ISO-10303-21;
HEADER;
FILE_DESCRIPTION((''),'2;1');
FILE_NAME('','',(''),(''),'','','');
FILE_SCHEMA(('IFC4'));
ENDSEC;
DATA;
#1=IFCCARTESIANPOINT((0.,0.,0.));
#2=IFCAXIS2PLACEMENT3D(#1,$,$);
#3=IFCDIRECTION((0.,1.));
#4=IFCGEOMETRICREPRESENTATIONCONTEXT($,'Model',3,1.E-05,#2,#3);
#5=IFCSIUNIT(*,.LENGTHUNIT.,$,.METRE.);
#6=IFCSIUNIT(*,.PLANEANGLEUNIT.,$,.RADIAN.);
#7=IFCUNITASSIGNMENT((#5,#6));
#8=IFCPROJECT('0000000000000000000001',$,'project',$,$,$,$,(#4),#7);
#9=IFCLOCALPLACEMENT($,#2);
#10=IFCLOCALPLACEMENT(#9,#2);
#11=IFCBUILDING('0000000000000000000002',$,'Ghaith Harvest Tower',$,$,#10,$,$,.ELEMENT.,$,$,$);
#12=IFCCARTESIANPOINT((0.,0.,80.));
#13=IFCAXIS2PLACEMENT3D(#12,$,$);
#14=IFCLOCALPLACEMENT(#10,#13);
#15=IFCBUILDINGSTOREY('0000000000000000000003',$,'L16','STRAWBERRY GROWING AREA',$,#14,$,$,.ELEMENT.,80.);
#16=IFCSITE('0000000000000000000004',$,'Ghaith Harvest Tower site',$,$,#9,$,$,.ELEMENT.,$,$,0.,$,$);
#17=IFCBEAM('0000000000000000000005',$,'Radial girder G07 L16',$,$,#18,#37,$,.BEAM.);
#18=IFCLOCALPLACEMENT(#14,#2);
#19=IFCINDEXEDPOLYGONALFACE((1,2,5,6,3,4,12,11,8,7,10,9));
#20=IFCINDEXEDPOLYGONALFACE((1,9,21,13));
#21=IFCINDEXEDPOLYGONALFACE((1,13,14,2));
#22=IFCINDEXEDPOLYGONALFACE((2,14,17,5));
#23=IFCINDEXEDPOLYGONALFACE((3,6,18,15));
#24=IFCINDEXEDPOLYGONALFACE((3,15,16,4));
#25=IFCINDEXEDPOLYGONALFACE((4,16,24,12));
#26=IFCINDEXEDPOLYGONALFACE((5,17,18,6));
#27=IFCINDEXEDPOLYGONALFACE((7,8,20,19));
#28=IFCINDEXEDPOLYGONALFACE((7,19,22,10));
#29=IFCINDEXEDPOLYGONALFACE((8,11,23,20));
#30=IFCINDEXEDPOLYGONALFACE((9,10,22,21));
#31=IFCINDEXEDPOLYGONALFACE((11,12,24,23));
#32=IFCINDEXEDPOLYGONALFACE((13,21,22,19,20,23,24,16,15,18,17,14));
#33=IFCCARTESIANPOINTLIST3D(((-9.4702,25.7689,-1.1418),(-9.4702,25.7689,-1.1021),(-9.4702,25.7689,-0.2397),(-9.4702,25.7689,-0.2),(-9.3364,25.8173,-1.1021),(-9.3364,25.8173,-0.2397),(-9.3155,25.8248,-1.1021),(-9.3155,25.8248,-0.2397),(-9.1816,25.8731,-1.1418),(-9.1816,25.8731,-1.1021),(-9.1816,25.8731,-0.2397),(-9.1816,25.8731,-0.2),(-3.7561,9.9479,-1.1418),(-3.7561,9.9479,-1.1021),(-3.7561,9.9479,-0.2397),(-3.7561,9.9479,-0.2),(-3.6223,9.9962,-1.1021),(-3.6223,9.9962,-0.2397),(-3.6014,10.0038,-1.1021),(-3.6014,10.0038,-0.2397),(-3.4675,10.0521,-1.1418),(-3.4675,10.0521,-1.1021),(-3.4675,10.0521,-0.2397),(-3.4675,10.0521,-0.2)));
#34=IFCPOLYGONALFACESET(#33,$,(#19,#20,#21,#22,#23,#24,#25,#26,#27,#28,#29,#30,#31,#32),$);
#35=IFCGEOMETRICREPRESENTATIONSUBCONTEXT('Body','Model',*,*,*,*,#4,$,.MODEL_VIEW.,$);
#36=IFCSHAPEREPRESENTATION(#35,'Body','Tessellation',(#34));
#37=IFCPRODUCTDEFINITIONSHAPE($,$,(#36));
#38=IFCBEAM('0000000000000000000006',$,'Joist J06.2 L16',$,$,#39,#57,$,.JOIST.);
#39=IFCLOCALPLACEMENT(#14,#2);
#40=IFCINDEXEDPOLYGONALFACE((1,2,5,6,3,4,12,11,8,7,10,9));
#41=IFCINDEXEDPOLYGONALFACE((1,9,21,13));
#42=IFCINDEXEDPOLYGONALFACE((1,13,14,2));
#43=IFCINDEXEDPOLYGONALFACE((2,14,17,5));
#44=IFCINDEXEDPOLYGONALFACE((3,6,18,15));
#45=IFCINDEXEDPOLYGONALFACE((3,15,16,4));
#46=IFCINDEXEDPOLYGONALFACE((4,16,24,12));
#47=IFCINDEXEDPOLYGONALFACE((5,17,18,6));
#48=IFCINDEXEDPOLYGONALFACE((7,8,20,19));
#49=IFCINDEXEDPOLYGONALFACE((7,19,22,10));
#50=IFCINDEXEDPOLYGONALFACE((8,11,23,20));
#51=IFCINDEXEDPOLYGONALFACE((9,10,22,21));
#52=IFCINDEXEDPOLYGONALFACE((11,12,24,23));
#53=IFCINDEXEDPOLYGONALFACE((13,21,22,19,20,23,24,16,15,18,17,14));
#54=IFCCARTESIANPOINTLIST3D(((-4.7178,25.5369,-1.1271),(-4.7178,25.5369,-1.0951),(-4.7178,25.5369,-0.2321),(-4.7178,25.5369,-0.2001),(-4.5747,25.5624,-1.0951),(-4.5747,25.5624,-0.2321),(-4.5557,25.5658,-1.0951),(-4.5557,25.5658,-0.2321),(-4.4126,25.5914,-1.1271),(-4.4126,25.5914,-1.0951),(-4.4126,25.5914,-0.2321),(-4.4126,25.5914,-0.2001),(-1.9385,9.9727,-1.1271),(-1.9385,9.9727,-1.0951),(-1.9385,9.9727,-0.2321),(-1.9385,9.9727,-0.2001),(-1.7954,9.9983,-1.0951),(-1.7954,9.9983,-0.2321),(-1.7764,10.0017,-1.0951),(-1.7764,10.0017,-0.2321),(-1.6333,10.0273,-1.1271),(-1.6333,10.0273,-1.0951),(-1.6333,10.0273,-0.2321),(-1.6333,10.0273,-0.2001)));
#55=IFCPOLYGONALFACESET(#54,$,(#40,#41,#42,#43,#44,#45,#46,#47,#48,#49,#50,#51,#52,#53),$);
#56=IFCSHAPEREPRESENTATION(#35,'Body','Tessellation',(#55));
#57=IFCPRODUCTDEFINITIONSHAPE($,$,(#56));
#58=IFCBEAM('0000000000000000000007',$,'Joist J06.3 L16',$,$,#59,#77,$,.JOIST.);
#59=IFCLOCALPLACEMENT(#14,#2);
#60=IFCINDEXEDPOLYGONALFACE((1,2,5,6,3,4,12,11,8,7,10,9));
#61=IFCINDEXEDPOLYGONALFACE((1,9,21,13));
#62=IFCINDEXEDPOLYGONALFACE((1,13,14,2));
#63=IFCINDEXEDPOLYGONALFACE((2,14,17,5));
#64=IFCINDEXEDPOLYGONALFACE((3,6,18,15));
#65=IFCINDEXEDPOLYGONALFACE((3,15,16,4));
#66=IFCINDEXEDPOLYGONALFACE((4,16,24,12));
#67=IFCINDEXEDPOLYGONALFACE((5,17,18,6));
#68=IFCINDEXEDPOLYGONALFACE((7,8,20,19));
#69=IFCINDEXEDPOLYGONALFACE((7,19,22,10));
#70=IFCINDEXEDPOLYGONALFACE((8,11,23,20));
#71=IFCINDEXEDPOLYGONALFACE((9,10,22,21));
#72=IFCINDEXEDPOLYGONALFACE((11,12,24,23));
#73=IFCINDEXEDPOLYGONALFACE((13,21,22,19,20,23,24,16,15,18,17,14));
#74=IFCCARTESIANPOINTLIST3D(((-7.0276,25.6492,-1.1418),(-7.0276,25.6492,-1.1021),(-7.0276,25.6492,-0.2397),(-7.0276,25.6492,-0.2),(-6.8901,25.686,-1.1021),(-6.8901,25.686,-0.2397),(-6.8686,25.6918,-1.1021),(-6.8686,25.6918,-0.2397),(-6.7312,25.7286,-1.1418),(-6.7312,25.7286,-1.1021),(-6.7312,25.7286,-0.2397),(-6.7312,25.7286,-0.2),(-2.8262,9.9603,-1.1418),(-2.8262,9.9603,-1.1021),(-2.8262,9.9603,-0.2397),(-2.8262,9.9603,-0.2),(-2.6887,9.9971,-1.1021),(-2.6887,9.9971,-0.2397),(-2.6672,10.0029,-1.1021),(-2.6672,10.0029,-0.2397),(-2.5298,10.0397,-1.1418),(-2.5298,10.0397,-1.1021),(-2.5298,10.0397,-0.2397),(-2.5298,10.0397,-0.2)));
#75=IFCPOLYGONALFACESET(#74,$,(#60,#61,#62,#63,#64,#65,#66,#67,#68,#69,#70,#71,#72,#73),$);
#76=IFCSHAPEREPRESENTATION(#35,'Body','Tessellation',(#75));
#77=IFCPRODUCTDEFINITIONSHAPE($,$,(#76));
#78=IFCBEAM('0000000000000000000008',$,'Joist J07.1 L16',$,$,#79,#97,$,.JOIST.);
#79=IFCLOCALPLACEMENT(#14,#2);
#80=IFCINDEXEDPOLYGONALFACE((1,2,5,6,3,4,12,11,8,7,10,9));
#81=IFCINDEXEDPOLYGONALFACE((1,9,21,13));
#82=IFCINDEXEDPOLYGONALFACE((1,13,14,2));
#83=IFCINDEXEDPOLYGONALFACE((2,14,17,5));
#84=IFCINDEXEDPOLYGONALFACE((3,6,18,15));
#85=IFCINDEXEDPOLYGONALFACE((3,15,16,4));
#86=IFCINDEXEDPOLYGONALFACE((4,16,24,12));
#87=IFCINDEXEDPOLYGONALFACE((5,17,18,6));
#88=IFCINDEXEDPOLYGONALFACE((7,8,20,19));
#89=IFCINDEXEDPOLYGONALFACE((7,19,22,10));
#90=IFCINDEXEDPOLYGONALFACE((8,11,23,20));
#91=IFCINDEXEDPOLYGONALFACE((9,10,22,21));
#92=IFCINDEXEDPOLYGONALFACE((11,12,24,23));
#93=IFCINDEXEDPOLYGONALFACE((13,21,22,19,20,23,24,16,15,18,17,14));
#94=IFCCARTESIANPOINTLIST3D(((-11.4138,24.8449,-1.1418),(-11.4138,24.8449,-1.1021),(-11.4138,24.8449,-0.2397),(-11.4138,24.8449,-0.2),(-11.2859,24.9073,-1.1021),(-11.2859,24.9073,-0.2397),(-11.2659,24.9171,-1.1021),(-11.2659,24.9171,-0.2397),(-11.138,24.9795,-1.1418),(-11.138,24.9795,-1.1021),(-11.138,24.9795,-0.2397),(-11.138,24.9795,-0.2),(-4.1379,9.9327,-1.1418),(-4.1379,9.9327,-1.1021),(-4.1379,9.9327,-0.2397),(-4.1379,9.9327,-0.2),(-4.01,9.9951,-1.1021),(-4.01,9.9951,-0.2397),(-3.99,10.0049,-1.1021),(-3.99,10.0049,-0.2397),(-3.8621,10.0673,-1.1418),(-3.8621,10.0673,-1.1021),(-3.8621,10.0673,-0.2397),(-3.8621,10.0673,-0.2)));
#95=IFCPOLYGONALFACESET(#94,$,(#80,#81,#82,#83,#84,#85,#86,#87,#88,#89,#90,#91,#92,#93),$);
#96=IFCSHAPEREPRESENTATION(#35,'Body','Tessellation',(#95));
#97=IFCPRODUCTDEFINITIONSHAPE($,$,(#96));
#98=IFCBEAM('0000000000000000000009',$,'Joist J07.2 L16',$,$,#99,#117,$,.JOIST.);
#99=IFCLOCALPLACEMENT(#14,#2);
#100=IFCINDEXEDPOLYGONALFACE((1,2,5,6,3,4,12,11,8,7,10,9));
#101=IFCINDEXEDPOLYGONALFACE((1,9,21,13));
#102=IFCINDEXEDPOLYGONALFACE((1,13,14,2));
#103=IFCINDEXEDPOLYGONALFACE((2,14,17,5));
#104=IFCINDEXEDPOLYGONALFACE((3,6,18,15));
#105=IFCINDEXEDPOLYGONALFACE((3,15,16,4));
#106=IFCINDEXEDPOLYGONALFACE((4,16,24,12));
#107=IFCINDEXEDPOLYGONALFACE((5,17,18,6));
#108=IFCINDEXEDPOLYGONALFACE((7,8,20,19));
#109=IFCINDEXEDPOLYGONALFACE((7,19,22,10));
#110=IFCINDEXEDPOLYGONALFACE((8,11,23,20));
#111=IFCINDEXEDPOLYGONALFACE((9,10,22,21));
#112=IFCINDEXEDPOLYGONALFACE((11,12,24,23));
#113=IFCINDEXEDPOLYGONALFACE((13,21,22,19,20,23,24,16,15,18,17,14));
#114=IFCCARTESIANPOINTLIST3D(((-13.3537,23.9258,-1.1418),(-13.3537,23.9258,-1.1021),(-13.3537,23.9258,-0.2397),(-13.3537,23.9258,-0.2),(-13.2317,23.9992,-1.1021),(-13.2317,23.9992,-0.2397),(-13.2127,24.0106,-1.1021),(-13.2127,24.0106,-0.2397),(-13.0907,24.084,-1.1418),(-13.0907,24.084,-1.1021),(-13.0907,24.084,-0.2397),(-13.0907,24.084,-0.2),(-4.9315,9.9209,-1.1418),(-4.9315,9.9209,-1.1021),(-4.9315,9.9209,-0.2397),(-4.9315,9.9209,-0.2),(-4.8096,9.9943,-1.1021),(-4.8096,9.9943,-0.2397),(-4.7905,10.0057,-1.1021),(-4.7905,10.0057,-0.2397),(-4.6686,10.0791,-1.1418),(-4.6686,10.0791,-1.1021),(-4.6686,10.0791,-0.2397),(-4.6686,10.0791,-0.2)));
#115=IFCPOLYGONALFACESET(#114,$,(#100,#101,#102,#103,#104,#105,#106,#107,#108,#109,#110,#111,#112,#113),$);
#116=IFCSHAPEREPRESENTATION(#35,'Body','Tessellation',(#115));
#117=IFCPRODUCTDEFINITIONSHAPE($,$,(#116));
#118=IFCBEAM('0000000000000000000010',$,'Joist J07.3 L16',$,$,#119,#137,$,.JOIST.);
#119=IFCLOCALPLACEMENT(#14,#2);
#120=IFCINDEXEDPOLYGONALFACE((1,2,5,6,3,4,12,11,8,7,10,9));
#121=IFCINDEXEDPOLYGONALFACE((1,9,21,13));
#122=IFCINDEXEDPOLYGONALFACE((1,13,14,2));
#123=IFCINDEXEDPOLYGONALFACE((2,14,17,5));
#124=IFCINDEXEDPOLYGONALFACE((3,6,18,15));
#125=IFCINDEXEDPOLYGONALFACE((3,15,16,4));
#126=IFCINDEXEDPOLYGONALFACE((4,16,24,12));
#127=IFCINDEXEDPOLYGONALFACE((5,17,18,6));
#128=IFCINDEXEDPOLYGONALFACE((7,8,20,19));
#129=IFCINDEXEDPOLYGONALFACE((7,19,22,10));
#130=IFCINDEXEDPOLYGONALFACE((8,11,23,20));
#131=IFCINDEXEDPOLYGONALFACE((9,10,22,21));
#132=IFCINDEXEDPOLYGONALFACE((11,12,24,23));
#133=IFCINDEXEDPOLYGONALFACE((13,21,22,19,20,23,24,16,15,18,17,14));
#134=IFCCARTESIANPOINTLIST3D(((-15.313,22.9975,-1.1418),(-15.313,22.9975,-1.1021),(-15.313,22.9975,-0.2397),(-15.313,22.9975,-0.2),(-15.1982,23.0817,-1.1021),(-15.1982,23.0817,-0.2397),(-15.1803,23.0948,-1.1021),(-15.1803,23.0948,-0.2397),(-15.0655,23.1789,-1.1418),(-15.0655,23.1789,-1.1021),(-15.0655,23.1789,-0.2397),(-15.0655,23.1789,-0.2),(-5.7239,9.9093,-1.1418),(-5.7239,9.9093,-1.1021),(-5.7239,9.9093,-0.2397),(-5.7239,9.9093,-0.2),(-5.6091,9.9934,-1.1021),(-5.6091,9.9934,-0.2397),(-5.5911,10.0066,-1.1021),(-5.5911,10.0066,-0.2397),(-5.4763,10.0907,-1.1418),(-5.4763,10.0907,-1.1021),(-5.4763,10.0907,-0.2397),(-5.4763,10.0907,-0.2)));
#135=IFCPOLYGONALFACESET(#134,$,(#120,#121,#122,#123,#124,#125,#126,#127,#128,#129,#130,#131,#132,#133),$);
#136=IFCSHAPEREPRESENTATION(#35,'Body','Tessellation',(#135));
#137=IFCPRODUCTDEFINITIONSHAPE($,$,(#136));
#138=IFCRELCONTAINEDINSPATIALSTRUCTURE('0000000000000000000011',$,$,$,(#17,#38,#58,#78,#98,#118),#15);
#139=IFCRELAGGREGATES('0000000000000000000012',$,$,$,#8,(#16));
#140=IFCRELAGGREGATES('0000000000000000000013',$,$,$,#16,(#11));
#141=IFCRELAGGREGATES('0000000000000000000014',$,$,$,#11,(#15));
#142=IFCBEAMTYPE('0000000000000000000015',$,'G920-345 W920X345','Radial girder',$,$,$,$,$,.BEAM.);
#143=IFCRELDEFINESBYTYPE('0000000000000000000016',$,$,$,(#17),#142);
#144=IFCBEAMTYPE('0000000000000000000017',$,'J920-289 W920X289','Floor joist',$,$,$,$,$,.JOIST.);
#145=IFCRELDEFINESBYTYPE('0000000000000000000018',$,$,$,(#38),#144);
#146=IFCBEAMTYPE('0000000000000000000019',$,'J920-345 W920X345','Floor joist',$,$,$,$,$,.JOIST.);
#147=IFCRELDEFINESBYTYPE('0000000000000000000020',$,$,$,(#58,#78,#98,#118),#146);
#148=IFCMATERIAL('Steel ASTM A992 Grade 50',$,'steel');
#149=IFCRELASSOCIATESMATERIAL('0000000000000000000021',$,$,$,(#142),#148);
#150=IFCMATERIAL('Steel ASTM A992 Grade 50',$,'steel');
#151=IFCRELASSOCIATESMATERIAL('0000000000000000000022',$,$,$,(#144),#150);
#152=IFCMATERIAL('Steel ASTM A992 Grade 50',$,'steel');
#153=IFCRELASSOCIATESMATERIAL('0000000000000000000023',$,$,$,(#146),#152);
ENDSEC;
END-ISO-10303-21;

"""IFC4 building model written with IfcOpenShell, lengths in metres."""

from ifc_helpers import new_model, si_unit, direction, frame, origin, origin_2d, place, context, subcontext, project, spatial, i_section, extrude, material, material_profile, profile_set, type_object, element, save


model = new_model("IFC4")

# Units and contexts
model_context = context("Model", 3, precision=1e-05, world=origin(), true_north=direction((0.0, 1.0)))
body_context = subcontext(model_context, "Body", "Model", "MODEL_VIEW")
ifc_project = project(units=[si_unit("LENGTHUNIT", "METRE"), si_unit("PLANEANGLEUNIT", "RADIAN")], contexts=[model_context])

# Site, building, storey
site_placement = place(None, origin())
site = spatial("IfcSite", under=ifc_project, at=site_placement, Name="Ghaith Harvest Tower site", CompositionType="ELEMENT", RefElevation=0.0)
building_placement = place(site_placement, origin())
building = spatial("IfcBuilding", under=site, at=building_placement, Name="Ghaith Harvest Tower", CompositionType="ELEMENT")
storey_placement = place(building_placement, frame((0.0, 0.0, 80.0)))
storey = spatial("IfcBuildingStorey", under=building, at=storey_placement, Name="L16", Description="STRAWBERRY GROWING AREA", CompositionType="ELEMENT", Elevation=80.0)

# Beams
ifc_material_1 = material(Name="Steel ASTM A992 Grade 50", Category="steel")
ifc_material_profile_1 = material_profile(ifc_material_1, i_section(OverallWidth=0.3069, OverallDepth=0.9419, WebThickness=0.0222, FlangeThickness=0.0398, at=origin_2d()), Name="W920X345")
ifc_profile_set_1 = profile_set([ifc_material_profile_1], Name="Steel ASTM A992 Grade 50")
beam_type_1 = type_object("IfcBeamType", Name="G920-345 W920X345", Description="Radial girder", PredefinedType="BEAM", material=ifc_profile_set_1)
beam_1_placement = place(storey_placement, frame((-3.6118, 10.0, -0.6709), z_axis=(-0.339695, 0.940536, 0.0), x_axis=(-0.940536, -0.339695, 0.0)))
element("IfcBeam", 1, at=beam_1_placement, inside=storey, type_object=beam_type_1, Name="Radial girder G07 L16", PredefinedType="BEAM", context=body_context, shape_type="SweptSolid", body=[
    extrude(i_section(OverallWidth=0.3069, OverallDepth=0.9419, WebThickness=0.0222, FlangeThickness=0.0398, at=origin_2d()), origin(), (0.0, 0.0, 1.0), 16.8213),
])
ifc_material_2 = material(Name="Steel ASTM A992 Grade 50", Category="steel")
ifc_material_profile_2 = material_profile(ifc_material_2, i_section(OverallWidth=0.3101, OverallDepth=0.927, WebThickness=0.0193, FlangeThickness=0.032, at=origin_2d()), Name="W920X289")
ifc_profile_set_2 = profile_set([ifc_material_profile_2], Name="Steel ASTM A992 Grade 50")
beam_type_2 = type_object("IfcBeamType", Name="J920-289 W920X289", Description="Floor joist", PredefinedType="JOIST", material=ifc_profile_set_2)
beam_2_placement = place(storey_placement, frame((-1.7859, 10.0, -0.6636), z_axis=(-0.175789, 0.984428, 0.0), x_axis=(-0.984428, -0.175789, 0.0)))
element("IfcBeam", 2, at=beam_2_placement, inside=storey, type_object=beam_type_2, Name="Joist J06.2 L16", PredefinedType="JOIST", context=body_context, shape_type="SweptSolid", body=[
    extrude(i_section(OverallWidth=0.3101, OverallDepth=0.927, WebThickness=0.0193, FlangeThickness=0.032, at=origin_2d()), origin(), (0.0, 0.0, 1.0), 15.8103),
])
ifc_material_3 = material(Name="Steel ASTM A992 Grade 50", Category="steel")
ifc_material_profile_3 = material_profile(ifc_material_3, i_section(OverallWidth=0.3069, OverallDepth=0.9419, WebThickness=0.0222, FlangeThickness=0.0398, at=origin_2d()), Name="W920X345")
ifc_profile_set_3 = profile_set([ifc_material_profile_3], Name="Steel ASTM A992 Grade 50")
beam_type_3 = type_object("IfcBeamType", Name="J920-345 W920X345", Description="Floor joist", PredefinedType="JOIST", material=ifc_profile_set_3)
beam_3_placement = place(storey_placement, frame((-2.678, 10.0, -0.6709), z_axis=(-0.258679, 0.965963, 0.0), x_axis=(-0.965963, -0.258679, 0.0)))
element("IfcBeam", 3, at=beam_3_placement, inside=storey, type_object=beam_type_3, Name="Joist J06.3 L16", PredefinedType="JOIST", context=body_context, shape_type="SweptSolid", body=[
    extrude(i_section(OverallWidth=0.3069, OverallDepth=0.9419, WebThickness=0.0222, FlangeThickness=0.0398, at=origin_2d()), origin(), (0.0, 0.0, 1.0), 16.2417),
])
beam_4_placement = place(storey_placement, frame((-4.0, 10.0, -0.6709), z_axis=(-0.438505, 0.898729, 0.0), x_axis=(-0.898729, -0.438505, 0.0)))
element("IfcBeam", 4, at=beam_4_placement, inside=storey, type_object=beam_type_3, Name="Joist J07.1 L16", PredefinedType="JOIST", context=body_context, shape_type="SweptSolid", body=[
    extrude(i_section(OverallWidth=0.3069, OverallDepth=0.9419, WebThickness=0.0222, FlangeThickness=0.0398, at=origin_2d()), origin(), (0.0, 0.0, 1.0), 16.5925),
])
beam_5_placement = place(storey_placement, frame((-4.8, 10.0, -0.6709), z_axis=(-0.515359, 0.856974, 0.0), x_axis=(-0.856974, -0.515359, 0.0)))
element("IfcBeam", 5, at=beam_5_placement, inside=storey, type_object=beam_type_3, Name="Joist J07.2 L16", PredefinedType="JOIST", context=body_context, shape_type="SweptSolid", body=[
    extrude(i_section(OverallWidth=0.3069, OverallDepth=0.9419, WebThickness=0.0222, FlangeThickness=0.0398, at=origin_2d()), origin(), (0.0, 0.0, 1.0), 16.3423),
])
beam_6_placement = place(storey_placement, frame((-5.6001, 10.0, -0.6709), z_axis=(-0.591009, 0.806665, 0.0), x_axis=(-0.806665, -0.591009, 0.0)))
element("IfcBeam", 6, at=beam_6_placement, inside=storey, type_object=beam_type_3, Name="Joist J07.3 L16", PredefinedType="JOIST", context=body_context, shape_type="SweptSolid", body=[
    extrude(i_section(OverallWidth=0.3069, OverallDepth=0.9419, WebThickness=0.0222, FlangeThickness=0.0398, at=origin_2d()), origin(), (0.0, 0.0, 1.0), 16.2251),
])

save(model, "model.ifc")
